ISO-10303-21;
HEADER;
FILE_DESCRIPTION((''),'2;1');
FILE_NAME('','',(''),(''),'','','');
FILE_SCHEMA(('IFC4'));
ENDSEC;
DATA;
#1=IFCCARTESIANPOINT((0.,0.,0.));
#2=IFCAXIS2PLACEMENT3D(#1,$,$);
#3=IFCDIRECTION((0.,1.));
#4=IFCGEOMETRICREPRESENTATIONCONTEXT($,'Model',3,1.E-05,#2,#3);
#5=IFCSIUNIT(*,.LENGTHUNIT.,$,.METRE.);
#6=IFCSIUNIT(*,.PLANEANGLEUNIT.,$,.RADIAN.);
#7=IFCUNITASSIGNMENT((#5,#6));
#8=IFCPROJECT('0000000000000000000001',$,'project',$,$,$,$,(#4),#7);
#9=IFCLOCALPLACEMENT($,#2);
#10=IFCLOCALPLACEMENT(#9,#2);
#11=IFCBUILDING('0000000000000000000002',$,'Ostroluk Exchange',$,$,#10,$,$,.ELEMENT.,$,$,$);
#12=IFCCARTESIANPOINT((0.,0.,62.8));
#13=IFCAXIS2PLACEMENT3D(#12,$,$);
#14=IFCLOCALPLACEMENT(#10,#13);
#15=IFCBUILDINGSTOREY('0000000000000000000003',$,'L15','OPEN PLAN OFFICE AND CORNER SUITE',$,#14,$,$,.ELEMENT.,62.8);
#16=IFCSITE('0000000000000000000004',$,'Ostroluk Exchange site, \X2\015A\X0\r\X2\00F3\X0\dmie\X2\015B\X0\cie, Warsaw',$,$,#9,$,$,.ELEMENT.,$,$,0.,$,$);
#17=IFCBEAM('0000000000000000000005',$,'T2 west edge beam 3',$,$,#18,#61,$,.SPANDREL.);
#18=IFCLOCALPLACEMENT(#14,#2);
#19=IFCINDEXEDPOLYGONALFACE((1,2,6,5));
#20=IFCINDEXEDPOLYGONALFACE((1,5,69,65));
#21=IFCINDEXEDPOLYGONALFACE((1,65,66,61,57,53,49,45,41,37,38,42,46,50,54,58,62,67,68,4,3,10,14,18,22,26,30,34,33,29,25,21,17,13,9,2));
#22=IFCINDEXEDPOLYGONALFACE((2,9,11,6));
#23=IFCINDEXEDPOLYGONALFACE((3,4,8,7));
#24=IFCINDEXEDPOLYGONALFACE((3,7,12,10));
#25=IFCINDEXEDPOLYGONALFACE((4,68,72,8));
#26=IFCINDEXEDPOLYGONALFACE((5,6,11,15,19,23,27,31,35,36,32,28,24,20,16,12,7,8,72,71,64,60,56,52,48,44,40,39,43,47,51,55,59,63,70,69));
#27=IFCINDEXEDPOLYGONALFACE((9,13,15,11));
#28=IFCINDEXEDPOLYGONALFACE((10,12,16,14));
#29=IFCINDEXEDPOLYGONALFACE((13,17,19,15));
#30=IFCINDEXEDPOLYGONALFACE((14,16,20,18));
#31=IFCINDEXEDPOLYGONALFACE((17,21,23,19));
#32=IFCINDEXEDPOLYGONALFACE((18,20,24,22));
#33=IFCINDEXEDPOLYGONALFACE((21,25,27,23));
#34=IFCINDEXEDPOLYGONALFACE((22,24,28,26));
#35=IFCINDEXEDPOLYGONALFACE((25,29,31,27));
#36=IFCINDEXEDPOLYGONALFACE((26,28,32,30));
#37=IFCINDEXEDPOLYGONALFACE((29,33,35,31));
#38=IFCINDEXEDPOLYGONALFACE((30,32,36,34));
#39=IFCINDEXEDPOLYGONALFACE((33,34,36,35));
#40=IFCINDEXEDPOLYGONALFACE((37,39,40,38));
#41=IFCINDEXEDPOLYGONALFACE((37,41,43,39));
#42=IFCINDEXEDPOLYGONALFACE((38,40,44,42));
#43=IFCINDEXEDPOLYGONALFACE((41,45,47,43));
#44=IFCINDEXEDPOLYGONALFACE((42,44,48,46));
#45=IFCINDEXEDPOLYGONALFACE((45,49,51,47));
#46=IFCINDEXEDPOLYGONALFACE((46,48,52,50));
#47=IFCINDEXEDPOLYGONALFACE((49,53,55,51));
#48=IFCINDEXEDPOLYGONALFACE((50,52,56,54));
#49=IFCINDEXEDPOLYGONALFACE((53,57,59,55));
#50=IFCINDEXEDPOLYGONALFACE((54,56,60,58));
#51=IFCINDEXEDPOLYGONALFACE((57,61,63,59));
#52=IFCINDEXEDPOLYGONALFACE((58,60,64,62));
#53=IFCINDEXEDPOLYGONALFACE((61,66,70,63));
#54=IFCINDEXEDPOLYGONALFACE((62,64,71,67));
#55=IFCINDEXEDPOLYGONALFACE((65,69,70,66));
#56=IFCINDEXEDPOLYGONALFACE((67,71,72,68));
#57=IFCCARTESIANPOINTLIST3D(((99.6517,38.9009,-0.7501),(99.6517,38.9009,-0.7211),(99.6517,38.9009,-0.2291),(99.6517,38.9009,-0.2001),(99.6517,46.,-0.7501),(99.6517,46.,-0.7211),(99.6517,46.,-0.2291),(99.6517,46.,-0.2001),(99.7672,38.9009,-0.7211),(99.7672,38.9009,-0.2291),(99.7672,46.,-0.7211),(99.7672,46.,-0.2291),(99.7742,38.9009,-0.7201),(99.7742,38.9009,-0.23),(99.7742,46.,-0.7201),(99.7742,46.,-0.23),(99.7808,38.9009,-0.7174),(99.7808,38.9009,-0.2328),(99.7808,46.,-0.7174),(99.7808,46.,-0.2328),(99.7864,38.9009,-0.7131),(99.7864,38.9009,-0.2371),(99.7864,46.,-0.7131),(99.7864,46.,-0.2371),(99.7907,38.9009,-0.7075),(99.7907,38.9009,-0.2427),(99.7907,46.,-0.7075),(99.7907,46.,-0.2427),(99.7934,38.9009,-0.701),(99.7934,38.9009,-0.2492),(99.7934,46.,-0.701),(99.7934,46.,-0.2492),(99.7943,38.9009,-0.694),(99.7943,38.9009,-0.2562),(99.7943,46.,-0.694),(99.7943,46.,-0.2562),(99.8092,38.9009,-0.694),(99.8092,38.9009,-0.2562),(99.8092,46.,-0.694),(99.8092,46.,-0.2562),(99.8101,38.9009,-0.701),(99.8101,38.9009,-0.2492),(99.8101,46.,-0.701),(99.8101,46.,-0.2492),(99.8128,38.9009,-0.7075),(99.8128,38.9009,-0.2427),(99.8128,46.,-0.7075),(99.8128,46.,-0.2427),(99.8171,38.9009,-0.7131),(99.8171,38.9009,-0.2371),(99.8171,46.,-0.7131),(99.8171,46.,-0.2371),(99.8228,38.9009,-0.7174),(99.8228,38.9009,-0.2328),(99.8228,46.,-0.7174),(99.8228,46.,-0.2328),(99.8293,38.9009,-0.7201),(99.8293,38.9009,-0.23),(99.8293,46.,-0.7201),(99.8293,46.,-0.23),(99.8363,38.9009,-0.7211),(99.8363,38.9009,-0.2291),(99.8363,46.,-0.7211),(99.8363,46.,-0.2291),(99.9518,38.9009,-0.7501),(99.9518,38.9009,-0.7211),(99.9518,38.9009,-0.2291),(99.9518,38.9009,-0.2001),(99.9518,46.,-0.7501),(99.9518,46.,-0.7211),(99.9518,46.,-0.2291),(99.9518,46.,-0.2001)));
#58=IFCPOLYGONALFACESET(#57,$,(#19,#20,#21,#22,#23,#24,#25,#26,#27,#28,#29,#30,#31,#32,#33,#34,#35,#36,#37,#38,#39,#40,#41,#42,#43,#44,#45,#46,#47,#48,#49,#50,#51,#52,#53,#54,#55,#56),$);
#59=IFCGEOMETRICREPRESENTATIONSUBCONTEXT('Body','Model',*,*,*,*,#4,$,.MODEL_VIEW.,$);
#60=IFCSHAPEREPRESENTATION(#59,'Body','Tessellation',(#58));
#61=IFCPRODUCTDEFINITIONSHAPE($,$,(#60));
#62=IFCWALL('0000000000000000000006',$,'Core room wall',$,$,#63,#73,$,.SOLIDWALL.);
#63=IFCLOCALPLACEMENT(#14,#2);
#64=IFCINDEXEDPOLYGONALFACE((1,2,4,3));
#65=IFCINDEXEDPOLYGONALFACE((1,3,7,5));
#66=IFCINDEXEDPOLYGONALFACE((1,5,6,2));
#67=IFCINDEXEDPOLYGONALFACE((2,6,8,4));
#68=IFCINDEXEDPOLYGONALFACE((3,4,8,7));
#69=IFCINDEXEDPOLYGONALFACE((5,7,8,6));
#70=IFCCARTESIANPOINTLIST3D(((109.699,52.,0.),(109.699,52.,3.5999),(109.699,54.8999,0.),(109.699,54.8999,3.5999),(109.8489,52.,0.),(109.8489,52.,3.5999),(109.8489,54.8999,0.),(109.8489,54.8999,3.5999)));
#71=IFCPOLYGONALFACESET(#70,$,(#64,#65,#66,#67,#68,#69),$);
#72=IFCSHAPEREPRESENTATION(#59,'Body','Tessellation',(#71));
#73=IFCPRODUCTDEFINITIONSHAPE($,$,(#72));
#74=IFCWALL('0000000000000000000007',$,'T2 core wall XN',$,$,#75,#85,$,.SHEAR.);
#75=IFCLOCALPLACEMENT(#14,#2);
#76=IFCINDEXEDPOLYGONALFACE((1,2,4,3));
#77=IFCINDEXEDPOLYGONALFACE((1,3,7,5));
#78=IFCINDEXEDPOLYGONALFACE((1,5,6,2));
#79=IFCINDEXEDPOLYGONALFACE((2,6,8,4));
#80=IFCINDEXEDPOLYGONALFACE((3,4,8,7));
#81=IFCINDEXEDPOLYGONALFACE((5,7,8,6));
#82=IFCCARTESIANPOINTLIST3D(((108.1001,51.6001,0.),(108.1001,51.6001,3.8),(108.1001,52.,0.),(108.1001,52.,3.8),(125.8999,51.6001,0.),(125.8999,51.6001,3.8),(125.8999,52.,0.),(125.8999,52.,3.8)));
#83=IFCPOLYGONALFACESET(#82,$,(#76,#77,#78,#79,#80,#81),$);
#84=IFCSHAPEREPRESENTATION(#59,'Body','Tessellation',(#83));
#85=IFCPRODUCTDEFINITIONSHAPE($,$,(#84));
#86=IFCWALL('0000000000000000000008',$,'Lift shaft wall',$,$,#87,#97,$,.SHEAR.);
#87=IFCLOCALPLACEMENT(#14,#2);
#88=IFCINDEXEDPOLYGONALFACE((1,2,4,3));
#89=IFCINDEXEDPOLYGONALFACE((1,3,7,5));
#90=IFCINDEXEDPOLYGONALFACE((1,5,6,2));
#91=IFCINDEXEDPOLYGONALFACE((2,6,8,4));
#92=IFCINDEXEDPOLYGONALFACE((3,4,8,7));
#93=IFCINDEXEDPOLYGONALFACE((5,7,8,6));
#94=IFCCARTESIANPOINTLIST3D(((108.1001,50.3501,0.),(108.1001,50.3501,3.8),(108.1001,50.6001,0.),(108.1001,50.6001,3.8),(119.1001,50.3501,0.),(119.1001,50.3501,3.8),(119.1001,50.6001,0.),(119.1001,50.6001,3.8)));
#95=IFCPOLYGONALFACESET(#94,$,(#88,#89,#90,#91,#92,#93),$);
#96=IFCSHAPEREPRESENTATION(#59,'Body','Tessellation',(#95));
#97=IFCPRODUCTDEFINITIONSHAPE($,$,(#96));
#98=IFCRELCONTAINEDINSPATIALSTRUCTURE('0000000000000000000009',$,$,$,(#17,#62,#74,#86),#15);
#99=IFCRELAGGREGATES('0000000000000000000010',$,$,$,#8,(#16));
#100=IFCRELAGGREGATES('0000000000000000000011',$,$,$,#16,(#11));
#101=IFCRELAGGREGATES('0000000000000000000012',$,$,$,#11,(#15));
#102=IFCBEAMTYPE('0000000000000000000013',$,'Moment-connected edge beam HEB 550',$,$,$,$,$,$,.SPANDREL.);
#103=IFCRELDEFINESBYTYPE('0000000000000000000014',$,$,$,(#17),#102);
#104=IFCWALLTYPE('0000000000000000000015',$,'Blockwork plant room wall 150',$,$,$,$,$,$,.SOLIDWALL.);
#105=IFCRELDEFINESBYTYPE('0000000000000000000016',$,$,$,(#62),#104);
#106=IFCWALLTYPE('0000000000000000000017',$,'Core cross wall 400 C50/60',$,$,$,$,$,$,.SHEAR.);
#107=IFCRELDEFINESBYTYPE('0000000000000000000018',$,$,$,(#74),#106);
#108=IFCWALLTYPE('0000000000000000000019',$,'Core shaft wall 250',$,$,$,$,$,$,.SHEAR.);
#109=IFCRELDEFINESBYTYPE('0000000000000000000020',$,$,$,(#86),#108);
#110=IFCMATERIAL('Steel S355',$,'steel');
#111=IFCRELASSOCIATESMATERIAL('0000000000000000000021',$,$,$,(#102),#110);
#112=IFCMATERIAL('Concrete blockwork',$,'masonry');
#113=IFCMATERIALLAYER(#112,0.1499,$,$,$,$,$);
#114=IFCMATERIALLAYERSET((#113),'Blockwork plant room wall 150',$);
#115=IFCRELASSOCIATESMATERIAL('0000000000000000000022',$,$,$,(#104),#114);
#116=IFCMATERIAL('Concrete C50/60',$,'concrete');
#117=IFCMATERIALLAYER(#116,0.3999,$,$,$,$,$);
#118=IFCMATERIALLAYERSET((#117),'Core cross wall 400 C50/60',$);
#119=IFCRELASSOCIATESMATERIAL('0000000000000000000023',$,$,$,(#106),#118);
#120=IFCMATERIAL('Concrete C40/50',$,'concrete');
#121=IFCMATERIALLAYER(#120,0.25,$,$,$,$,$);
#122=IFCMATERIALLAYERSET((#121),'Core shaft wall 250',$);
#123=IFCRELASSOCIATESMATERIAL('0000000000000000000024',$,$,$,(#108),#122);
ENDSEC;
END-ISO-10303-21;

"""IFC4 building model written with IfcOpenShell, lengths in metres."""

from ifc_helpers import new_model, si_unit, direction, frame, frame_2d, origin, origin_2d, place, context, subcontext, project, spatial, rectangle, i_section, extrude, material, layer, layer_set, material_profile, profile_set, type_object, element, save


model = new_model("IFC4")

# Units and contexts
model_context = context("Model", 3, precision=1e-05, world=origin(), true_north=direction((0.0, 1.0)))
body_context = subcontext(model_context, "Body", "Model", "MODEL_VIEW")
ifc_project = project(units=[si_unit("LENGTHUNIT", "METRE"), si_unit("PLANEANGLEUNIT", "RADIAN")], contexts=[model_context])

# Site, building, storey
site_placement = place(None, origin())
site = spatial("IfcSite", under=ifc_project, at=site_placement, Name="Ostroluk Exchange site, Śródmieście, Warsaw", CompositionType="ELEMENT", RefElevation=0.0)
building_placement = place(site_placement, origin())
building = spatial("IfcBuilding", under=site, at=building_placement, Name="Ostroluk Exchange", CompositionType="ELEMENT")
storey_placement = place(building_placement, frame((0.0, 0.0, 62.8)))
storey = spatial("IfcBuildingStorey", under=building, at=storey_placement, Name="L15", Description="OPEN PLAN OFFICE AND CORNER SUITE", CompositionType="ELEMENT", Elevation=62.8)

# Beam
ifc_material_1 = material(Name="Steel S355", Category="steel")
ifc_material_profile_1 = material_profile(ifc_material_1, i_section(OverallWidth=0.3, OverallDepth=0.55, WebThickness=0.0149, FlangeThickness=0.0291, FilletRadius=0.0271, at=origin_2d()), Name="HEB 550")
ifc_profile_set_1 = profile_set([ifc_material_profile_1], Name="Steel S355")
beam_type_1 = type_object("IfcBeamType", Name="Moment-connected edge beam HEB 550", PredefinedType="SPANDREL", material=ifc_profile_set_1)
beam_placement = place(storey_placement, frame((99.8018, 46.0, -0.4751), z_axis=(0.0, -1.0, 0.0), x_axis=(1.0, 0.0, 0.0)))
element("IfcBeam", 1, at=beam_placement, inside=storey, type_object=beam_type_1, Name="T2 west edge beam 3", PredefinedType="SPANDREL", context=body_context, shape_type="SweptSolid", body=[
    extrude(i_section(OverallWidth=0.3, OverallDepth=0.55, WebThickness=0.0149, FlangeThickness=0.0291, FilletRadius=0.0271, at=origin_2d()), origin(), (0.0, 0.0, 1.0), 7.0991),
])

# Walls
ifc_material_2 = material(Name="Concrete blockwork", Category="masonry")
ifc_layer_1 = layer(ifc_material_2, 0.1499)
ifc_layer_set_1 = layer_set([ifc_layer_1], Name="Blockwork plant room wall 150")
wall_type_1 = type_object("IfcWallType", Name="Blockwork plant room wall 150", PredefinedType="SOLIDWALL", material=ifc_layer_set_1)
wall_1_placement = place(storey_placement, frame((109.7739, 52.0, 0.0), z_axis=(0.0, 0.0, 1.0), x_axis=(0.0, 1.0, 0.0)))
element("IfcWall", 2, at=wall_1_placement, inside=storey, type_object=wall_type_1, Name="Core room wall", PredefinedType="SOLIDWALL", context=body_context, shape_type="SweptSolid", body=[
    extrude(rectangle(XDim=2.8999, YDim=0.1499, at=frame_2d((1.45, 0.0))), origin(), (0.0, 0.0, 1.0), 3.5999),
])
ifc_material_3 = material(Name="Concrete C50/60", Category="concrete")
ifc_layer_2 = layer(ifc_material_3, 0.3999)
ifc_layer_set_2 = layer_set([ifc_layer_2], Name="Core cross wall 400 C50/60")
wall_type_2 = type_object("IfcWallType", Name="Core cross wall 400 C50/60", PredefinedType="SHEAR", material=ifc_layer_set_2)
wall_2_placement = place(storey_placement, frame((108.1001, 51.8, 0.0), z_axis=(0.0, 0.0, 1.0), x_axis=(1.0, 0.0, 0.0)))
element("IfcWall", 3, at=wall_2_placement, inside=storey, type_object=wall_type_2, Name="T2 core wall XN", PredefinedType="SHEAR", context=body_context, shape_type="SweptSolid", body=[
    extrude(rectangle(XDim=17.7998, YDim=0.3999, at=frame_2d((8.8999, 0.0))), origin(), (0.0, 0.0, 1.0), 3.8),
])
ifc_material_4 = material(Name="Concrete C40/50", Category="concrete")
ifc_layer_3 = layer(ifc_material_4, 0.25)
ifc_layer_set_3 = layer_set([ifc_layer_3], Name="Core shaft wall 250")
wall_type_3 = type_object("IfcWallType", Name="Core shaft wall 250", PredefinedType="SHEAR", material=ifc_layer_set_3)
wall_3_placement = place(storey_placement, frame((108.1001, 50.4751, 0.0), z_axis=(0.0, 0.0, 1.0), x_axis=(1.0, 0.0, 0.0)))
element("IfcWall", 4, at=wall_3_placement, inside=storey, type_object=wall_type_3, Name="Lift shaft wall", PredefinedType="SHEAR", context=body_context, shape_type="SweptSolid", body=[
    extrude(rectangle(XDim=11.0, YDim=0.25, at=frame_2d((5.5, 0.0))), origin(), (0.0, 0.0, 1.0), 3.8),
])

save(model, "model.ifc")
